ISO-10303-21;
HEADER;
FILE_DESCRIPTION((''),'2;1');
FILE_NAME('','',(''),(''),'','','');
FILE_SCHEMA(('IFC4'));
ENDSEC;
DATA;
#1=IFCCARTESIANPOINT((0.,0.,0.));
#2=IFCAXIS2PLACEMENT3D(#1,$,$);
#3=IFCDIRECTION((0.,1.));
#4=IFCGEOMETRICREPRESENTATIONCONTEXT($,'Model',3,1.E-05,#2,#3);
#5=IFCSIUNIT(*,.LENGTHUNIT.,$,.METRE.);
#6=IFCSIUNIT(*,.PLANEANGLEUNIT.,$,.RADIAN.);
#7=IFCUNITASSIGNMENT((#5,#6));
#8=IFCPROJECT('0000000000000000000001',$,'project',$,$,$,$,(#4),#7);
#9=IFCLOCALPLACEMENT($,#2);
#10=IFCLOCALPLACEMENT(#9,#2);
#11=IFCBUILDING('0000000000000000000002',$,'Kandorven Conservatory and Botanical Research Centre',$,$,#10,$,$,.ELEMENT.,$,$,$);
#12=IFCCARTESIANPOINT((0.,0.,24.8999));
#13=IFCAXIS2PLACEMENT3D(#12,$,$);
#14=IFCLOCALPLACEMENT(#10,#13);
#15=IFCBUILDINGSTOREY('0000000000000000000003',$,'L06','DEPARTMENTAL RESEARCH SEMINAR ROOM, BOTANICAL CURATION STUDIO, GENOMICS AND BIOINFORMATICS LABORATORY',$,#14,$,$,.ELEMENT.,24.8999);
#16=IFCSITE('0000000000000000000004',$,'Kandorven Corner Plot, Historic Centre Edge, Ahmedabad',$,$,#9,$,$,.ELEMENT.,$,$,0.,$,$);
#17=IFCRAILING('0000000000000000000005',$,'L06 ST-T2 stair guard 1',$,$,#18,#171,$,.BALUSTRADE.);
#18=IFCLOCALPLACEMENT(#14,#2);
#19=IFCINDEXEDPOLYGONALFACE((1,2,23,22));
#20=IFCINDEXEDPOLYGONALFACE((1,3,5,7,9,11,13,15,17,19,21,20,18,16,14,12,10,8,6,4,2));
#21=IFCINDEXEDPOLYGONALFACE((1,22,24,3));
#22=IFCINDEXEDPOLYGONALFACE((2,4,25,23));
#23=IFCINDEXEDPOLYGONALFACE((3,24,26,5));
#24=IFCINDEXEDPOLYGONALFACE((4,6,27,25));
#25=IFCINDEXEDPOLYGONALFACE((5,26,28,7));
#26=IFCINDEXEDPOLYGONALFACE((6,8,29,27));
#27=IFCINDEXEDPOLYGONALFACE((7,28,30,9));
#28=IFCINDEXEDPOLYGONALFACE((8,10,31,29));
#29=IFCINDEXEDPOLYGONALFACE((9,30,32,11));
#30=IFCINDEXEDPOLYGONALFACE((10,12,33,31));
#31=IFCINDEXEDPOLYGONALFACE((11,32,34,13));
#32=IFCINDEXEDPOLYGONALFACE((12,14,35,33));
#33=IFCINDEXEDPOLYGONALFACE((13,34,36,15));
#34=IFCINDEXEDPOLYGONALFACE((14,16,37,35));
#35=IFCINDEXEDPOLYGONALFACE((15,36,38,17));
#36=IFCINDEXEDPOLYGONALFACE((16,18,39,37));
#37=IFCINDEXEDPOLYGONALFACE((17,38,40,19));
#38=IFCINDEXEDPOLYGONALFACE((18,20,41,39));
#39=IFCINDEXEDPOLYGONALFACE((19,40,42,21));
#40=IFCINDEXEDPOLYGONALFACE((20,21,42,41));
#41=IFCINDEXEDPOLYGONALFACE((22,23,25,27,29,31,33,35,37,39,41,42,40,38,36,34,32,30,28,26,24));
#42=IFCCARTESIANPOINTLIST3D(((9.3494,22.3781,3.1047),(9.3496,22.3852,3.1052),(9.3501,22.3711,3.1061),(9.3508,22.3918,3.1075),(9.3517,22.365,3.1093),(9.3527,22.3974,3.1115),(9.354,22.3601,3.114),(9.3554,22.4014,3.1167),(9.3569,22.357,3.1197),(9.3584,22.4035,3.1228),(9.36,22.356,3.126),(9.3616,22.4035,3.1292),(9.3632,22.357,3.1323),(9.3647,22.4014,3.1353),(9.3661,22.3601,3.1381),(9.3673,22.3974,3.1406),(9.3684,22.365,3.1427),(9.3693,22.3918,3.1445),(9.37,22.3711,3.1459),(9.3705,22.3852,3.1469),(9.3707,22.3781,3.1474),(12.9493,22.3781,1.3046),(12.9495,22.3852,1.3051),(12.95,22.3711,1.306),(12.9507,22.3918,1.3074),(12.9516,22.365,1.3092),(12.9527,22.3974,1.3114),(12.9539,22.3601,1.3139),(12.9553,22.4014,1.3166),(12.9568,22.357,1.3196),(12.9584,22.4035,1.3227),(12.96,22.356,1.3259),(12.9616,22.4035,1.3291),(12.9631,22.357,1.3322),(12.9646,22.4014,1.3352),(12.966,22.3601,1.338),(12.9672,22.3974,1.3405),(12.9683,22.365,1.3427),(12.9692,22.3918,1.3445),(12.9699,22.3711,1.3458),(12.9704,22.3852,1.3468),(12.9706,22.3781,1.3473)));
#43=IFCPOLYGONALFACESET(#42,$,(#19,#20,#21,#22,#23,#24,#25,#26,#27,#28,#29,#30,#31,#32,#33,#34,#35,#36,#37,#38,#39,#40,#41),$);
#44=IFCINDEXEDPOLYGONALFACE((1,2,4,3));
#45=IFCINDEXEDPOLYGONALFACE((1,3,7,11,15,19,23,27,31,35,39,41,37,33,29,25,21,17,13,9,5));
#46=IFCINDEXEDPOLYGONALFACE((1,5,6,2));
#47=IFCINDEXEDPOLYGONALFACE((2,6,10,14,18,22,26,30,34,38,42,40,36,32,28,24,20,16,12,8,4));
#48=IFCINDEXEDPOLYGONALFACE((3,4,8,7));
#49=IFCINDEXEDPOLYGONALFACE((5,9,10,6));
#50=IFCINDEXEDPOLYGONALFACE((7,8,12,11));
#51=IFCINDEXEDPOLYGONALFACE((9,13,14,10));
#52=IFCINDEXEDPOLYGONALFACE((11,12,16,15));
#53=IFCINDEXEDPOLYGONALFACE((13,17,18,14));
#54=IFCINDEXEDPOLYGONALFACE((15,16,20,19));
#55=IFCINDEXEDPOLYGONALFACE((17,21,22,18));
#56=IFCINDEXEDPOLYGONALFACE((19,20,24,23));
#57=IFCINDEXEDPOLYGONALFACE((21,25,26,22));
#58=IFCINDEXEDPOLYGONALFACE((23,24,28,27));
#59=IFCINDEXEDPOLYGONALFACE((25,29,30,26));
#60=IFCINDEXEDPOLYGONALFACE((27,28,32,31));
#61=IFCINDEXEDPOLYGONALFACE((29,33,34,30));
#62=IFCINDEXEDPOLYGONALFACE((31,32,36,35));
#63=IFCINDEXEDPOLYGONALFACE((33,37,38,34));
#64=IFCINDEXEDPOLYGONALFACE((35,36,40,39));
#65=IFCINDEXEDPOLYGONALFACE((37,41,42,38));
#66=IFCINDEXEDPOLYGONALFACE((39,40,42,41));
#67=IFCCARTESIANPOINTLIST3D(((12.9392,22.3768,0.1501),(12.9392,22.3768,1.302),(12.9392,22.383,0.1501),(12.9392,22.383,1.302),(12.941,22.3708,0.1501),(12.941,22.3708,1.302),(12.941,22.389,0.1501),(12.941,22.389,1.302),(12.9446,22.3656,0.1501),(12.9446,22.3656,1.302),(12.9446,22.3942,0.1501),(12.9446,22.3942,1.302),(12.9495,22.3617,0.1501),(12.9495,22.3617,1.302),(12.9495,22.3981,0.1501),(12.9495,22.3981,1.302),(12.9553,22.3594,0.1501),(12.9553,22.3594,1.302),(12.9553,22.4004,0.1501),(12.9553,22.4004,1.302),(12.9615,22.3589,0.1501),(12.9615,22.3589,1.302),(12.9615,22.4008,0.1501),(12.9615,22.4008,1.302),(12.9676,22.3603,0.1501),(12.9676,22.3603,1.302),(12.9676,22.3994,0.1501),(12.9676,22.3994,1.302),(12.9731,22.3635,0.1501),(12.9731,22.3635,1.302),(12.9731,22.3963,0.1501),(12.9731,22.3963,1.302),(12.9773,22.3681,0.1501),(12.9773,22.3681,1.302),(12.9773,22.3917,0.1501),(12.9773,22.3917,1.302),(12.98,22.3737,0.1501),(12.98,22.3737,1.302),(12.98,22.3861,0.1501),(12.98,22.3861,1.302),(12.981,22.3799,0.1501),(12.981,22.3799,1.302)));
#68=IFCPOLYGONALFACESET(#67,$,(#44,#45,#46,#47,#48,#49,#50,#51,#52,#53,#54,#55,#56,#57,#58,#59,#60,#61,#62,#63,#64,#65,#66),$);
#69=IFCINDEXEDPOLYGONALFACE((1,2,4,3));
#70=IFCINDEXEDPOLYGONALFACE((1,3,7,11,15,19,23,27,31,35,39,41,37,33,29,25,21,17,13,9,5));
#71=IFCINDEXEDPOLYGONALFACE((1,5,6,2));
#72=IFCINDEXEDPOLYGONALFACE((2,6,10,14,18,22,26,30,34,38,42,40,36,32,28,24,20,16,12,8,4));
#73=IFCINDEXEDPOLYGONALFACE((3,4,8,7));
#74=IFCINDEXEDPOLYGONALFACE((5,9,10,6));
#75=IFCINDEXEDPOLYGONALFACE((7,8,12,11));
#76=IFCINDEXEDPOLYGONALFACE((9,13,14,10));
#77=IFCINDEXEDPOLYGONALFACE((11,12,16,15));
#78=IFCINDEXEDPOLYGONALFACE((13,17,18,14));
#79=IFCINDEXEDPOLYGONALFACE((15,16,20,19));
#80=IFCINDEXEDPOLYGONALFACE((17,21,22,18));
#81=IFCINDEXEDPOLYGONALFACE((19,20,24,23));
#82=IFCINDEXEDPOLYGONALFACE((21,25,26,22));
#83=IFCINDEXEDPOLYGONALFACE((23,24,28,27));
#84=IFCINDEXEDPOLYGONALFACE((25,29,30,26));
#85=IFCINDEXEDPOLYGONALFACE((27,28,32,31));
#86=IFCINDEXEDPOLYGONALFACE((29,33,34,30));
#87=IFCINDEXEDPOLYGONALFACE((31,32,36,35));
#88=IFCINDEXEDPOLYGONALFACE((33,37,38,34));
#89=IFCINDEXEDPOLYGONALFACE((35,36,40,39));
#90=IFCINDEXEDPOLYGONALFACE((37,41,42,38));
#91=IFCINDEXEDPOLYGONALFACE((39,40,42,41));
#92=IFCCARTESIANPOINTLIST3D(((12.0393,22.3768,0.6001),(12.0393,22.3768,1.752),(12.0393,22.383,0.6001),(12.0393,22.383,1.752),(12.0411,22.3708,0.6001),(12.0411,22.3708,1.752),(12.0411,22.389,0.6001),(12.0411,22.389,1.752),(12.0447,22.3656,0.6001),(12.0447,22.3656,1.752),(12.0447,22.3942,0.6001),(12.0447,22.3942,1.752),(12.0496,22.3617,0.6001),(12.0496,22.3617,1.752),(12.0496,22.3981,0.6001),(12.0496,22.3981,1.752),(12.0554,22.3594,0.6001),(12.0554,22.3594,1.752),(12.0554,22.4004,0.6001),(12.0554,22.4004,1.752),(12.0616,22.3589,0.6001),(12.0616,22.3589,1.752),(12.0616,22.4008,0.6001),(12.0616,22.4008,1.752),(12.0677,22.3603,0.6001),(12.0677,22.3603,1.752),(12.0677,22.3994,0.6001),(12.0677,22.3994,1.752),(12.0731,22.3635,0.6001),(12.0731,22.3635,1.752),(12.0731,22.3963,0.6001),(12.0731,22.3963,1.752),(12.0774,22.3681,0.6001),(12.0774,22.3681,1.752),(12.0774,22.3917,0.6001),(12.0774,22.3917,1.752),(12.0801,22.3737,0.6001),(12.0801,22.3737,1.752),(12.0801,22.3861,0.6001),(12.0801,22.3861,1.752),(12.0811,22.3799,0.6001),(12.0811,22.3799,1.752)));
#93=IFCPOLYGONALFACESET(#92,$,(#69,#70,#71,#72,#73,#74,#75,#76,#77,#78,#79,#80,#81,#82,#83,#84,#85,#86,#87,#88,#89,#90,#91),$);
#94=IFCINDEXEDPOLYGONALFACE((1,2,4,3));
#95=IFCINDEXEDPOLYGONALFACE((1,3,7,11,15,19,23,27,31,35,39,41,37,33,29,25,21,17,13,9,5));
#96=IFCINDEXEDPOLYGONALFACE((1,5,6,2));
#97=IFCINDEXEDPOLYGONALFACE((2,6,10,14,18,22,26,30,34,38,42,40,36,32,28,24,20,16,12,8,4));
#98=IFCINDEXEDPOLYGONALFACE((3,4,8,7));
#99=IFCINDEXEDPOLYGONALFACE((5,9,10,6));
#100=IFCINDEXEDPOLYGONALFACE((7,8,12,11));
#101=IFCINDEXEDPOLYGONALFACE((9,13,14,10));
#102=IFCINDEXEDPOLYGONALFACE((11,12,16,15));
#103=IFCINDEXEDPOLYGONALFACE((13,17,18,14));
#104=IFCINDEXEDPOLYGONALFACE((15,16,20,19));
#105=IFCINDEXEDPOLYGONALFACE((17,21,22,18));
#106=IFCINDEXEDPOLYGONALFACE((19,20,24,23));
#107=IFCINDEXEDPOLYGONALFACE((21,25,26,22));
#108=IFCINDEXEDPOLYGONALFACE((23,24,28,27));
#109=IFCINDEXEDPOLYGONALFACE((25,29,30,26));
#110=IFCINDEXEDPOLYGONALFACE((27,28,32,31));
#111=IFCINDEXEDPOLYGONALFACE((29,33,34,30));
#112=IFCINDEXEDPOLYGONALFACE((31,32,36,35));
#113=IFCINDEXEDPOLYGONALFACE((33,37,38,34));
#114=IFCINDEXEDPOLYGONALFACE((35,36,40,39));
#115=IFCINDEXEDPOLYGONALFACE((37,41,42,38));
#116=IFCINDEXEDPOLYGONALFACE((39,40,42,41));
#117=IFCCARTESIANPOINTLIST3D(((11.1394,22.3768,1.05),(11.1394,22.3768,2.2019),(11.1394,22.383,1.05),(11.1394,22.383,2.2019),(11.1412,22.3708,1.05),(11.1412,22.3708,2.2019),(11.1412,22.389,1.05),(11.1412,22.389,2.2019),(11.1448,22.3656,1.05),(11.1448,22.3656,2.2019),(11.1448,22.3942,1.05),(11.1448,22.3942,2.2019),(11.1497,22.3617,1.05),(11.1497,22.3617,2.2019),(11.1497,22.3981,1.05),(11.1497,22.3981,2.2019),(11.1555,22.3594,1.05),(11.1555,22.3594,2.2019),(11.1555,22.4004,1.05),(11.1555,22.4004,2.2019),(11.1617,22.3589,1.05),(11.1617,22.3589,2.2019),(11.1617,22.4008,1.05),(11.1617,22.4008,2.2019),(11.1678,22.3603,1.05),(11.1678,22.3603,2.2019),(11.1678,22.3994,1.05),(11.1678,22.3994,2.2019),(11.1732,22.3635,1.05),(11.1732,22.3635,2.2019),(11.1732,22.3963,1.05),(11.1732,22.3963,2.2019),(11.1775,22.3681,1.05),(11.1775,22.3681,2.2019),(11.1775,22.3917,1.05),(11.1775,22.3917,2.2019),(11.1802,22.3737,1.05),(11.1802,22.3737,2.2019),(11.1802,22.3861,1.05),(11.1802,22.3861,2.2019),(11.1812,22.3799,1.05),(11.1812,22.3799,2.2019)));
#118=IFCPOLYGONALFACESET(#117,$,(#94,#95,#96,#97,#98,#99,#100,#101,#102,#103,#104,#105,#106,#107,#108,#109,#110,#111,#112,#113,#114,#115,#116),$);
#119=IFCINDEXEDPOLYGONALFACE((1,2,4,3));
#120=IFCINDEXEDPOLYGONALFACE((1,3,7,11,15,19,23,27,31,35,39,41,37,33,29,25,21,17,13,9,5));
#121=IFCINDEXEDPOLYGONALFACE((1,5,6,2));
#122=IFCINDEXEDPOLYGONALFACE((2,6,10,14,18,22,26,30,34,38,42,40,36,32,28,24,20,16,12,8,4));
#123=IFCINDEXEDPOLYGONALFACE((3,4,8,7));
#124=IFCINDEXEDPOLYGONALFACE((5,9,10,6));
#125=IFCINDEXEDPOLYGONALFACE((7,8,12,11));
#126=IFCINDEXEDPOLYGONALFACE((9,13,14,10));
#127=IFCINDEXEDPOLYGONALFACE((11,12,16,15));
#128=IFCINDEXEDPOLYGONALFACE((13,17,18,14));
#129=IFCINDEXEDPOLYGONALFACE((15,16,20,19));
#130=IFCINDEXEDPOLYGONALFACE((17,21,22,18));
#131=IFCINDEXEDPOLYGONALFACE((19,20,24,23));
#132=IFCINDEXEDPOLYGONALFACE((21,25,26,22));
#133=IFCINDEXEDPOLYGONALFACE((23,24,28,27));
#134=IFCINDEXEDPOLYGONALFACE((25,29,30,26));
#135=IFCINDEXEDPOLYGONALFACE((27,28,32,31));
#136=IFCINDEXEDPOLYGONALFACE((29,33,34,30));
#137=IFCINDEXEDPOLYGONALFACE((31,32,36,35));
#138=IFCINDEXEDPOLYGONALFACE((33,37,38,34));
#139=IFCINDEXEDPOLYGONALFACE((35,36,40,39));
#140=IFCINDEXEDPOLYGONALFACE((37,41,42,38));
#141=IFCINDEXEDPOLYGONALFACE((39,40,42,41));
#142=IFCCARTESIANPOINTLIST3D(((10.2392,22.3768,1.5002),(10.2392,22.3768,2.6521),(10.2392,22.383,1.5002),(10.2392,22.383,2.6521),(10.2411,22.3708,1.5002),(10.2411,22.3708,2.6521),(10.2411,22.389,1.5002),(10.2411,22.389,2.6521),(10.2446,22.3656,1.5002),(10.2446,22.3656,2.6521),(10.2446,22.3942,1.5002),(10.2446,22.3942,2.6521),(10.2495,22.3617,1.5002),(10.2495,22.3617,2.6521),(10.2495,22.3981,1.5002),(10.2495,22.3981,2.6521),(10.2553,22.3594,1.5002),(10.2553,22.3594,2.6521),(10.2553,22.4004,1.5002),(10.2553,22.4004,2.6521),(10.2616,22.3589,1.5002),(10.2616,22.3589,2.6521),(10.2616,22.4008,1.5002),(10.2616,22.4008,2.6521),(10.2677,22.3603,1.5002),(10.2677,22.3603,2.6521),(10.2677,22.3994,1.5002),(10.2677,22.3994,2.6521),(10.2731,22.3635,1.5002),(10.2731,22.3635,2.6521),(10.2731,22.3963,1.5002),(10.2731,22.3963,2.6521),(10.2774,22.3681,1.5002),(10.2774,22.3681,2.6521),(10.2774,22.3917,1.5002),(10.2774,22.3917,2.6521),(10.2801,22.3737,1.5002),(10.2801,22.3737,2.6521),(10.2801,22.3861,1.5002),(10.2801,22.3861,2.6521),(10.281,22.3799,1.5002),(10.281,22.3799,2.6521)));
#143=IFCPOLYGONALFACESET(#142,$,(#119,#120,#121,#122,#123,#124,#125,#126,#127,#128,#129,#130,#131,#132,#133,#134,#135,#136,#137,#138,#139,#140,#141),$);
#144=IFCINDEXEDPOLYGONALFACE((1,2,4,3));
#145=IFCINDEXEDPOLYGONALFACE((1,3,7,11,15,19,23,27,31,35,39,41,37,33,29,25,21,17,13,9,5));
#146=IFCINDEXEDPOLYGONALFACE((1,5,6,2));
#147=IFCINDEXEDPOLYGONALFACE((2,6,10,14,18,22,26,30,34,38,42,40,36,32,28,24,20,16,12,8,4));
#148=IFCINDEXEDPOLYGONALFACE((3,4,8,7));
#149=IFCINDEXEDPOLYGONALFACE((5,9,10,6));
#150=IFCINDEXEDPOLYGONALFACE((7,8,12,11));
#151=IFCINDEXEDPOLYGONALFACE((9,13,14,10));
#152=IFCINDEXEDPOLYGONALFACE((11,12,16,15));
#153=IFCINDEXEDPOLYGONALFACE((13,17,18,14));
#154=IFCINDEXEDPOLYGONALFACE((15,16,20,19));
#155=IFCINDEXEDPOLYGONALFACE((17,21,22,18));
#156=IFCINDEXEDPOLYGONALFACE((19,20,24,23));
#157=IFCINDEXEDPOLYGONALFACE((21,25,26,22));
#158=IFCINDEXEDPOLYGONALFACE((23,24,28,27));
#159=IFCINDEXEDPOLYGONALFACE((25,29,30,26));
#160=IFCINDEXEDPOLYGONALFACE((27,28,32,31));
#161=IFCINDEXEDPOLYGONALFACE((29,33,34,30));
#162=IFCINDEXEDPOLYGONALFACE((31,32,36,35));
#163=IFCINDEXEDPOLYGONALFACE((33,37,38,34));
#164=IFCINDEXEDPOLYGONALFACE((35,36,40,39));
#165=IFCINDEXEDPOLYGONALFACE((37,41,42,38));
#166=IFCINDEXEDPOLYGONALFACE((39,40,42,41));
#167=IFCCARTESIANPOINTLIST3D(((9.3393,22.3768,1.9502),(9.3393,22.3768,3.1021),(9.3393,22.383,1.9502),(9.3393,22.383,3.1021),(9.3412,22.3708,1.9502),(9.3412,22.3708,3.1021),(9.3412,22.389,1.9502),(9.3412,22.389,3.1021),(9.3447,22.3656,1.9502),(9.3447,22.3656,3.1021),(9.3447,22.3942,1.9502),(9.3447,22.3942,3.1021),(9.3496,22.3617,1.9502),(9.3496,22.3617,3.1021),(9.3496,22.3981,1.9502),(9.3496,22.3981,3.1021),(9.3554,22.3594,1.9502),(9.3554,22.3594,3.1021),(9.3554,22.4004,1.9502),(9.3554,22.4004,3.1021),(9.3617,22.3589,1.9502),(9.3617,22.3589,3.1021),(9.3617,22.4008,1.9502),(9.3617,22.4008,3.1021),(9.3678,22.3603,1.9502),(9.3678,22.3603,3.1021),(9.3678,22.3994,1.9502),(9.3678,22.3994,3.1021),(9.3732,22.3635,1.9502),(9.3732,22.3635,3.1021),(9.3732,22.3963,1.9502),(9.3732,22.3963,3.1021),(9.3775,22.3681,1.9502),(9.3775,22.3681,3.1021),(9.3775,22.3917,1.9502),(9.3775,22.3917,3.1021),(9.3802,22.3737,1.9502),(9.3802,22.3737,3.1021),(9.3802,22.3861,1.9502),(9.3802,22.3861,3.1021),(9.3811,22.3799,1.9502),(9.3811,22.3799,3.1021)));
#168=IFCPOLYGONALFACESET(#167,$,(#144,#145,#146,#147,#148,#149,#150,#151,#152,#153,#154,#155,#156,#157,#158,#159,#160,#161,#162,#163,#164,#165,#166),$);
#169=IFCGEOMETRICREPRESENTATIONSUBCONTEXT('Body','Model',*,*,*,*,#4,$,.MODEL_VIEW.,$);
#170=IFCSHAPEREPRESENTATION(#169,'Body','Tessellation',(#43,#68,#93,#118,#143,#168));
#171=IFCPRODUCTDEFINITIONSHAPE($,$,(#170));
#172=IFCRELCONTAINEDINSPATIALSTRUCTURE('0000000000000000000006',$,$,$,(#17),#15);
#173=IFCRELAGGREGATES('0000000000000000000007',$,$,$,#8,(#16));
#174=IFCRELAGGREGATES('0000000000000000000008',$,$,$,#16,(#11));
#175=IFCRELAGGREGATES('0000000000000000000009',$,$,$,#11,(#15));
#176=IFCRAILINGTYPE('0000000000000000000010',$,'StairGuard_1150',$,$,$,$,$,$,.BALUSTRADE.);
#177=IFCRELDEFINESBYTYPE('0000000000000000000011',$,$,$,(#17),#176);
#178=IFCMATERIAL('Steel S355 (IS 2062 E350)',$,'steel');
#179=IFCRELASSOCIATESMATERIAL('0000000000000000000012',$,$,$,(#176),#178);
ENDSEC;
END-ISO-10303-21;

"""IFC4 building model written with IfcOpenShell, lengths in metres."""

from ifc_helpers import new_model, si_unit, direction, frame, origin, origin_2d, place, context, subcontext, project, spatial, circle, extrude, material, type_object, element, save


model = new_model("IFC4")

# Units and contexts
model_context = context("Model", 3, precision=1e-05, world=origin(), true_north=direction((0.0, 1.0)))
body_context = subcontext(model_context, "Body", "Model", "MODEL_VIEW")
ifc_project = project(units=[si_unit("LENGTHUNIT", "METRE"), si_unit("PLANEANGLEUNIT", "RADIAN")], contexts=[model_context])

# Site, building, storey
site_placement = place(None, origin())
site = spatial("IfcSite", under=ifc_project, at=site_placement, Name="Kandorven Corner Plot, Historic Centre Edge, Ahmedabad", CompositionType="ELEMENT", RefElevation=0.0)
building_placement = place(site_placement, origin())
building = spatial("IfcBuilding", under=site, at=building_placement, Name="Kandorven Conservatory and Botanical Research Centre", CompositionType="ELEMENT")
storey_placement = place(building_placement, frame((0.0, 0.0, 24.8999)))
storey = spatial("IfcBuildingStorey", under=building, at=storey_placement, Name="L06", Description="DEPARTMENTAL RESEARCH SEMINAR ROOM, BOTANICAL CURATION STUDIO, GENOMICS AND BIOINFORMATICS LABORATORY", CompositionType="ELEMENT", Elevation=24.8999)

# Railing
ifc_material_1 = material(Name="Steel S355 (IS 2062 E350)", Category="steel")
railing_type_1 = type_object("IfcRailingType", Name="StairGuard_1150", PredefinedType="BALUSTRADE", material=ifc_material_1)
railing_1_placement = place(storey_placement, frame((12.96, 22.3799, 0.1501)))
element("IfcRailing", 1, at=railing_1_placement, inside=storey, type_object=railing_type_1, Name="L06 ST-T2 stair guard 1", PredefinedType="BALUSTRADE", context=body_context, shape_type="SweptSolid", body=[
    extrude(circle(Radius=0.0239, at=origin_2d()), frame((0.0, 0.0, 1.1758), z_axis=(-0.894415, 0.0, 0.447238), x_axis=(0.0, -1.0, 0.0)), (0.0, 0.0, 1.0), 4.0249),
    extrude(circle(Radius=0.021, at=origin_2d()), origin(), (0.0, 0.0, 1.0), 1.1519),
    extrude(circle(Radius=0.021, at=origin_2d()), frame((-0.8999, 0.0, 0.45)), (0.0, 0.0, 1.0), 1.1519),
    extrude(circle(Radius=0.021, at=origin_2d()), frame((-1.7998, 0.0, 0.8999)), (0.0, 0.0, 1.0), 1.1519),
    extrude(circle(Radius=0.021, at=origin_2d()), frame((-2.7, 0.0, 1.3501)), (0.0, 0.0, 1.0), 1.1519),
    extrude(circle(Radius=0.021, at=origin_2d()), frame((-3.5999, 0.0, 1.8)), (0.0, 0.0, 1.0), 1.1519),
])

save(model, "model.ifc")
